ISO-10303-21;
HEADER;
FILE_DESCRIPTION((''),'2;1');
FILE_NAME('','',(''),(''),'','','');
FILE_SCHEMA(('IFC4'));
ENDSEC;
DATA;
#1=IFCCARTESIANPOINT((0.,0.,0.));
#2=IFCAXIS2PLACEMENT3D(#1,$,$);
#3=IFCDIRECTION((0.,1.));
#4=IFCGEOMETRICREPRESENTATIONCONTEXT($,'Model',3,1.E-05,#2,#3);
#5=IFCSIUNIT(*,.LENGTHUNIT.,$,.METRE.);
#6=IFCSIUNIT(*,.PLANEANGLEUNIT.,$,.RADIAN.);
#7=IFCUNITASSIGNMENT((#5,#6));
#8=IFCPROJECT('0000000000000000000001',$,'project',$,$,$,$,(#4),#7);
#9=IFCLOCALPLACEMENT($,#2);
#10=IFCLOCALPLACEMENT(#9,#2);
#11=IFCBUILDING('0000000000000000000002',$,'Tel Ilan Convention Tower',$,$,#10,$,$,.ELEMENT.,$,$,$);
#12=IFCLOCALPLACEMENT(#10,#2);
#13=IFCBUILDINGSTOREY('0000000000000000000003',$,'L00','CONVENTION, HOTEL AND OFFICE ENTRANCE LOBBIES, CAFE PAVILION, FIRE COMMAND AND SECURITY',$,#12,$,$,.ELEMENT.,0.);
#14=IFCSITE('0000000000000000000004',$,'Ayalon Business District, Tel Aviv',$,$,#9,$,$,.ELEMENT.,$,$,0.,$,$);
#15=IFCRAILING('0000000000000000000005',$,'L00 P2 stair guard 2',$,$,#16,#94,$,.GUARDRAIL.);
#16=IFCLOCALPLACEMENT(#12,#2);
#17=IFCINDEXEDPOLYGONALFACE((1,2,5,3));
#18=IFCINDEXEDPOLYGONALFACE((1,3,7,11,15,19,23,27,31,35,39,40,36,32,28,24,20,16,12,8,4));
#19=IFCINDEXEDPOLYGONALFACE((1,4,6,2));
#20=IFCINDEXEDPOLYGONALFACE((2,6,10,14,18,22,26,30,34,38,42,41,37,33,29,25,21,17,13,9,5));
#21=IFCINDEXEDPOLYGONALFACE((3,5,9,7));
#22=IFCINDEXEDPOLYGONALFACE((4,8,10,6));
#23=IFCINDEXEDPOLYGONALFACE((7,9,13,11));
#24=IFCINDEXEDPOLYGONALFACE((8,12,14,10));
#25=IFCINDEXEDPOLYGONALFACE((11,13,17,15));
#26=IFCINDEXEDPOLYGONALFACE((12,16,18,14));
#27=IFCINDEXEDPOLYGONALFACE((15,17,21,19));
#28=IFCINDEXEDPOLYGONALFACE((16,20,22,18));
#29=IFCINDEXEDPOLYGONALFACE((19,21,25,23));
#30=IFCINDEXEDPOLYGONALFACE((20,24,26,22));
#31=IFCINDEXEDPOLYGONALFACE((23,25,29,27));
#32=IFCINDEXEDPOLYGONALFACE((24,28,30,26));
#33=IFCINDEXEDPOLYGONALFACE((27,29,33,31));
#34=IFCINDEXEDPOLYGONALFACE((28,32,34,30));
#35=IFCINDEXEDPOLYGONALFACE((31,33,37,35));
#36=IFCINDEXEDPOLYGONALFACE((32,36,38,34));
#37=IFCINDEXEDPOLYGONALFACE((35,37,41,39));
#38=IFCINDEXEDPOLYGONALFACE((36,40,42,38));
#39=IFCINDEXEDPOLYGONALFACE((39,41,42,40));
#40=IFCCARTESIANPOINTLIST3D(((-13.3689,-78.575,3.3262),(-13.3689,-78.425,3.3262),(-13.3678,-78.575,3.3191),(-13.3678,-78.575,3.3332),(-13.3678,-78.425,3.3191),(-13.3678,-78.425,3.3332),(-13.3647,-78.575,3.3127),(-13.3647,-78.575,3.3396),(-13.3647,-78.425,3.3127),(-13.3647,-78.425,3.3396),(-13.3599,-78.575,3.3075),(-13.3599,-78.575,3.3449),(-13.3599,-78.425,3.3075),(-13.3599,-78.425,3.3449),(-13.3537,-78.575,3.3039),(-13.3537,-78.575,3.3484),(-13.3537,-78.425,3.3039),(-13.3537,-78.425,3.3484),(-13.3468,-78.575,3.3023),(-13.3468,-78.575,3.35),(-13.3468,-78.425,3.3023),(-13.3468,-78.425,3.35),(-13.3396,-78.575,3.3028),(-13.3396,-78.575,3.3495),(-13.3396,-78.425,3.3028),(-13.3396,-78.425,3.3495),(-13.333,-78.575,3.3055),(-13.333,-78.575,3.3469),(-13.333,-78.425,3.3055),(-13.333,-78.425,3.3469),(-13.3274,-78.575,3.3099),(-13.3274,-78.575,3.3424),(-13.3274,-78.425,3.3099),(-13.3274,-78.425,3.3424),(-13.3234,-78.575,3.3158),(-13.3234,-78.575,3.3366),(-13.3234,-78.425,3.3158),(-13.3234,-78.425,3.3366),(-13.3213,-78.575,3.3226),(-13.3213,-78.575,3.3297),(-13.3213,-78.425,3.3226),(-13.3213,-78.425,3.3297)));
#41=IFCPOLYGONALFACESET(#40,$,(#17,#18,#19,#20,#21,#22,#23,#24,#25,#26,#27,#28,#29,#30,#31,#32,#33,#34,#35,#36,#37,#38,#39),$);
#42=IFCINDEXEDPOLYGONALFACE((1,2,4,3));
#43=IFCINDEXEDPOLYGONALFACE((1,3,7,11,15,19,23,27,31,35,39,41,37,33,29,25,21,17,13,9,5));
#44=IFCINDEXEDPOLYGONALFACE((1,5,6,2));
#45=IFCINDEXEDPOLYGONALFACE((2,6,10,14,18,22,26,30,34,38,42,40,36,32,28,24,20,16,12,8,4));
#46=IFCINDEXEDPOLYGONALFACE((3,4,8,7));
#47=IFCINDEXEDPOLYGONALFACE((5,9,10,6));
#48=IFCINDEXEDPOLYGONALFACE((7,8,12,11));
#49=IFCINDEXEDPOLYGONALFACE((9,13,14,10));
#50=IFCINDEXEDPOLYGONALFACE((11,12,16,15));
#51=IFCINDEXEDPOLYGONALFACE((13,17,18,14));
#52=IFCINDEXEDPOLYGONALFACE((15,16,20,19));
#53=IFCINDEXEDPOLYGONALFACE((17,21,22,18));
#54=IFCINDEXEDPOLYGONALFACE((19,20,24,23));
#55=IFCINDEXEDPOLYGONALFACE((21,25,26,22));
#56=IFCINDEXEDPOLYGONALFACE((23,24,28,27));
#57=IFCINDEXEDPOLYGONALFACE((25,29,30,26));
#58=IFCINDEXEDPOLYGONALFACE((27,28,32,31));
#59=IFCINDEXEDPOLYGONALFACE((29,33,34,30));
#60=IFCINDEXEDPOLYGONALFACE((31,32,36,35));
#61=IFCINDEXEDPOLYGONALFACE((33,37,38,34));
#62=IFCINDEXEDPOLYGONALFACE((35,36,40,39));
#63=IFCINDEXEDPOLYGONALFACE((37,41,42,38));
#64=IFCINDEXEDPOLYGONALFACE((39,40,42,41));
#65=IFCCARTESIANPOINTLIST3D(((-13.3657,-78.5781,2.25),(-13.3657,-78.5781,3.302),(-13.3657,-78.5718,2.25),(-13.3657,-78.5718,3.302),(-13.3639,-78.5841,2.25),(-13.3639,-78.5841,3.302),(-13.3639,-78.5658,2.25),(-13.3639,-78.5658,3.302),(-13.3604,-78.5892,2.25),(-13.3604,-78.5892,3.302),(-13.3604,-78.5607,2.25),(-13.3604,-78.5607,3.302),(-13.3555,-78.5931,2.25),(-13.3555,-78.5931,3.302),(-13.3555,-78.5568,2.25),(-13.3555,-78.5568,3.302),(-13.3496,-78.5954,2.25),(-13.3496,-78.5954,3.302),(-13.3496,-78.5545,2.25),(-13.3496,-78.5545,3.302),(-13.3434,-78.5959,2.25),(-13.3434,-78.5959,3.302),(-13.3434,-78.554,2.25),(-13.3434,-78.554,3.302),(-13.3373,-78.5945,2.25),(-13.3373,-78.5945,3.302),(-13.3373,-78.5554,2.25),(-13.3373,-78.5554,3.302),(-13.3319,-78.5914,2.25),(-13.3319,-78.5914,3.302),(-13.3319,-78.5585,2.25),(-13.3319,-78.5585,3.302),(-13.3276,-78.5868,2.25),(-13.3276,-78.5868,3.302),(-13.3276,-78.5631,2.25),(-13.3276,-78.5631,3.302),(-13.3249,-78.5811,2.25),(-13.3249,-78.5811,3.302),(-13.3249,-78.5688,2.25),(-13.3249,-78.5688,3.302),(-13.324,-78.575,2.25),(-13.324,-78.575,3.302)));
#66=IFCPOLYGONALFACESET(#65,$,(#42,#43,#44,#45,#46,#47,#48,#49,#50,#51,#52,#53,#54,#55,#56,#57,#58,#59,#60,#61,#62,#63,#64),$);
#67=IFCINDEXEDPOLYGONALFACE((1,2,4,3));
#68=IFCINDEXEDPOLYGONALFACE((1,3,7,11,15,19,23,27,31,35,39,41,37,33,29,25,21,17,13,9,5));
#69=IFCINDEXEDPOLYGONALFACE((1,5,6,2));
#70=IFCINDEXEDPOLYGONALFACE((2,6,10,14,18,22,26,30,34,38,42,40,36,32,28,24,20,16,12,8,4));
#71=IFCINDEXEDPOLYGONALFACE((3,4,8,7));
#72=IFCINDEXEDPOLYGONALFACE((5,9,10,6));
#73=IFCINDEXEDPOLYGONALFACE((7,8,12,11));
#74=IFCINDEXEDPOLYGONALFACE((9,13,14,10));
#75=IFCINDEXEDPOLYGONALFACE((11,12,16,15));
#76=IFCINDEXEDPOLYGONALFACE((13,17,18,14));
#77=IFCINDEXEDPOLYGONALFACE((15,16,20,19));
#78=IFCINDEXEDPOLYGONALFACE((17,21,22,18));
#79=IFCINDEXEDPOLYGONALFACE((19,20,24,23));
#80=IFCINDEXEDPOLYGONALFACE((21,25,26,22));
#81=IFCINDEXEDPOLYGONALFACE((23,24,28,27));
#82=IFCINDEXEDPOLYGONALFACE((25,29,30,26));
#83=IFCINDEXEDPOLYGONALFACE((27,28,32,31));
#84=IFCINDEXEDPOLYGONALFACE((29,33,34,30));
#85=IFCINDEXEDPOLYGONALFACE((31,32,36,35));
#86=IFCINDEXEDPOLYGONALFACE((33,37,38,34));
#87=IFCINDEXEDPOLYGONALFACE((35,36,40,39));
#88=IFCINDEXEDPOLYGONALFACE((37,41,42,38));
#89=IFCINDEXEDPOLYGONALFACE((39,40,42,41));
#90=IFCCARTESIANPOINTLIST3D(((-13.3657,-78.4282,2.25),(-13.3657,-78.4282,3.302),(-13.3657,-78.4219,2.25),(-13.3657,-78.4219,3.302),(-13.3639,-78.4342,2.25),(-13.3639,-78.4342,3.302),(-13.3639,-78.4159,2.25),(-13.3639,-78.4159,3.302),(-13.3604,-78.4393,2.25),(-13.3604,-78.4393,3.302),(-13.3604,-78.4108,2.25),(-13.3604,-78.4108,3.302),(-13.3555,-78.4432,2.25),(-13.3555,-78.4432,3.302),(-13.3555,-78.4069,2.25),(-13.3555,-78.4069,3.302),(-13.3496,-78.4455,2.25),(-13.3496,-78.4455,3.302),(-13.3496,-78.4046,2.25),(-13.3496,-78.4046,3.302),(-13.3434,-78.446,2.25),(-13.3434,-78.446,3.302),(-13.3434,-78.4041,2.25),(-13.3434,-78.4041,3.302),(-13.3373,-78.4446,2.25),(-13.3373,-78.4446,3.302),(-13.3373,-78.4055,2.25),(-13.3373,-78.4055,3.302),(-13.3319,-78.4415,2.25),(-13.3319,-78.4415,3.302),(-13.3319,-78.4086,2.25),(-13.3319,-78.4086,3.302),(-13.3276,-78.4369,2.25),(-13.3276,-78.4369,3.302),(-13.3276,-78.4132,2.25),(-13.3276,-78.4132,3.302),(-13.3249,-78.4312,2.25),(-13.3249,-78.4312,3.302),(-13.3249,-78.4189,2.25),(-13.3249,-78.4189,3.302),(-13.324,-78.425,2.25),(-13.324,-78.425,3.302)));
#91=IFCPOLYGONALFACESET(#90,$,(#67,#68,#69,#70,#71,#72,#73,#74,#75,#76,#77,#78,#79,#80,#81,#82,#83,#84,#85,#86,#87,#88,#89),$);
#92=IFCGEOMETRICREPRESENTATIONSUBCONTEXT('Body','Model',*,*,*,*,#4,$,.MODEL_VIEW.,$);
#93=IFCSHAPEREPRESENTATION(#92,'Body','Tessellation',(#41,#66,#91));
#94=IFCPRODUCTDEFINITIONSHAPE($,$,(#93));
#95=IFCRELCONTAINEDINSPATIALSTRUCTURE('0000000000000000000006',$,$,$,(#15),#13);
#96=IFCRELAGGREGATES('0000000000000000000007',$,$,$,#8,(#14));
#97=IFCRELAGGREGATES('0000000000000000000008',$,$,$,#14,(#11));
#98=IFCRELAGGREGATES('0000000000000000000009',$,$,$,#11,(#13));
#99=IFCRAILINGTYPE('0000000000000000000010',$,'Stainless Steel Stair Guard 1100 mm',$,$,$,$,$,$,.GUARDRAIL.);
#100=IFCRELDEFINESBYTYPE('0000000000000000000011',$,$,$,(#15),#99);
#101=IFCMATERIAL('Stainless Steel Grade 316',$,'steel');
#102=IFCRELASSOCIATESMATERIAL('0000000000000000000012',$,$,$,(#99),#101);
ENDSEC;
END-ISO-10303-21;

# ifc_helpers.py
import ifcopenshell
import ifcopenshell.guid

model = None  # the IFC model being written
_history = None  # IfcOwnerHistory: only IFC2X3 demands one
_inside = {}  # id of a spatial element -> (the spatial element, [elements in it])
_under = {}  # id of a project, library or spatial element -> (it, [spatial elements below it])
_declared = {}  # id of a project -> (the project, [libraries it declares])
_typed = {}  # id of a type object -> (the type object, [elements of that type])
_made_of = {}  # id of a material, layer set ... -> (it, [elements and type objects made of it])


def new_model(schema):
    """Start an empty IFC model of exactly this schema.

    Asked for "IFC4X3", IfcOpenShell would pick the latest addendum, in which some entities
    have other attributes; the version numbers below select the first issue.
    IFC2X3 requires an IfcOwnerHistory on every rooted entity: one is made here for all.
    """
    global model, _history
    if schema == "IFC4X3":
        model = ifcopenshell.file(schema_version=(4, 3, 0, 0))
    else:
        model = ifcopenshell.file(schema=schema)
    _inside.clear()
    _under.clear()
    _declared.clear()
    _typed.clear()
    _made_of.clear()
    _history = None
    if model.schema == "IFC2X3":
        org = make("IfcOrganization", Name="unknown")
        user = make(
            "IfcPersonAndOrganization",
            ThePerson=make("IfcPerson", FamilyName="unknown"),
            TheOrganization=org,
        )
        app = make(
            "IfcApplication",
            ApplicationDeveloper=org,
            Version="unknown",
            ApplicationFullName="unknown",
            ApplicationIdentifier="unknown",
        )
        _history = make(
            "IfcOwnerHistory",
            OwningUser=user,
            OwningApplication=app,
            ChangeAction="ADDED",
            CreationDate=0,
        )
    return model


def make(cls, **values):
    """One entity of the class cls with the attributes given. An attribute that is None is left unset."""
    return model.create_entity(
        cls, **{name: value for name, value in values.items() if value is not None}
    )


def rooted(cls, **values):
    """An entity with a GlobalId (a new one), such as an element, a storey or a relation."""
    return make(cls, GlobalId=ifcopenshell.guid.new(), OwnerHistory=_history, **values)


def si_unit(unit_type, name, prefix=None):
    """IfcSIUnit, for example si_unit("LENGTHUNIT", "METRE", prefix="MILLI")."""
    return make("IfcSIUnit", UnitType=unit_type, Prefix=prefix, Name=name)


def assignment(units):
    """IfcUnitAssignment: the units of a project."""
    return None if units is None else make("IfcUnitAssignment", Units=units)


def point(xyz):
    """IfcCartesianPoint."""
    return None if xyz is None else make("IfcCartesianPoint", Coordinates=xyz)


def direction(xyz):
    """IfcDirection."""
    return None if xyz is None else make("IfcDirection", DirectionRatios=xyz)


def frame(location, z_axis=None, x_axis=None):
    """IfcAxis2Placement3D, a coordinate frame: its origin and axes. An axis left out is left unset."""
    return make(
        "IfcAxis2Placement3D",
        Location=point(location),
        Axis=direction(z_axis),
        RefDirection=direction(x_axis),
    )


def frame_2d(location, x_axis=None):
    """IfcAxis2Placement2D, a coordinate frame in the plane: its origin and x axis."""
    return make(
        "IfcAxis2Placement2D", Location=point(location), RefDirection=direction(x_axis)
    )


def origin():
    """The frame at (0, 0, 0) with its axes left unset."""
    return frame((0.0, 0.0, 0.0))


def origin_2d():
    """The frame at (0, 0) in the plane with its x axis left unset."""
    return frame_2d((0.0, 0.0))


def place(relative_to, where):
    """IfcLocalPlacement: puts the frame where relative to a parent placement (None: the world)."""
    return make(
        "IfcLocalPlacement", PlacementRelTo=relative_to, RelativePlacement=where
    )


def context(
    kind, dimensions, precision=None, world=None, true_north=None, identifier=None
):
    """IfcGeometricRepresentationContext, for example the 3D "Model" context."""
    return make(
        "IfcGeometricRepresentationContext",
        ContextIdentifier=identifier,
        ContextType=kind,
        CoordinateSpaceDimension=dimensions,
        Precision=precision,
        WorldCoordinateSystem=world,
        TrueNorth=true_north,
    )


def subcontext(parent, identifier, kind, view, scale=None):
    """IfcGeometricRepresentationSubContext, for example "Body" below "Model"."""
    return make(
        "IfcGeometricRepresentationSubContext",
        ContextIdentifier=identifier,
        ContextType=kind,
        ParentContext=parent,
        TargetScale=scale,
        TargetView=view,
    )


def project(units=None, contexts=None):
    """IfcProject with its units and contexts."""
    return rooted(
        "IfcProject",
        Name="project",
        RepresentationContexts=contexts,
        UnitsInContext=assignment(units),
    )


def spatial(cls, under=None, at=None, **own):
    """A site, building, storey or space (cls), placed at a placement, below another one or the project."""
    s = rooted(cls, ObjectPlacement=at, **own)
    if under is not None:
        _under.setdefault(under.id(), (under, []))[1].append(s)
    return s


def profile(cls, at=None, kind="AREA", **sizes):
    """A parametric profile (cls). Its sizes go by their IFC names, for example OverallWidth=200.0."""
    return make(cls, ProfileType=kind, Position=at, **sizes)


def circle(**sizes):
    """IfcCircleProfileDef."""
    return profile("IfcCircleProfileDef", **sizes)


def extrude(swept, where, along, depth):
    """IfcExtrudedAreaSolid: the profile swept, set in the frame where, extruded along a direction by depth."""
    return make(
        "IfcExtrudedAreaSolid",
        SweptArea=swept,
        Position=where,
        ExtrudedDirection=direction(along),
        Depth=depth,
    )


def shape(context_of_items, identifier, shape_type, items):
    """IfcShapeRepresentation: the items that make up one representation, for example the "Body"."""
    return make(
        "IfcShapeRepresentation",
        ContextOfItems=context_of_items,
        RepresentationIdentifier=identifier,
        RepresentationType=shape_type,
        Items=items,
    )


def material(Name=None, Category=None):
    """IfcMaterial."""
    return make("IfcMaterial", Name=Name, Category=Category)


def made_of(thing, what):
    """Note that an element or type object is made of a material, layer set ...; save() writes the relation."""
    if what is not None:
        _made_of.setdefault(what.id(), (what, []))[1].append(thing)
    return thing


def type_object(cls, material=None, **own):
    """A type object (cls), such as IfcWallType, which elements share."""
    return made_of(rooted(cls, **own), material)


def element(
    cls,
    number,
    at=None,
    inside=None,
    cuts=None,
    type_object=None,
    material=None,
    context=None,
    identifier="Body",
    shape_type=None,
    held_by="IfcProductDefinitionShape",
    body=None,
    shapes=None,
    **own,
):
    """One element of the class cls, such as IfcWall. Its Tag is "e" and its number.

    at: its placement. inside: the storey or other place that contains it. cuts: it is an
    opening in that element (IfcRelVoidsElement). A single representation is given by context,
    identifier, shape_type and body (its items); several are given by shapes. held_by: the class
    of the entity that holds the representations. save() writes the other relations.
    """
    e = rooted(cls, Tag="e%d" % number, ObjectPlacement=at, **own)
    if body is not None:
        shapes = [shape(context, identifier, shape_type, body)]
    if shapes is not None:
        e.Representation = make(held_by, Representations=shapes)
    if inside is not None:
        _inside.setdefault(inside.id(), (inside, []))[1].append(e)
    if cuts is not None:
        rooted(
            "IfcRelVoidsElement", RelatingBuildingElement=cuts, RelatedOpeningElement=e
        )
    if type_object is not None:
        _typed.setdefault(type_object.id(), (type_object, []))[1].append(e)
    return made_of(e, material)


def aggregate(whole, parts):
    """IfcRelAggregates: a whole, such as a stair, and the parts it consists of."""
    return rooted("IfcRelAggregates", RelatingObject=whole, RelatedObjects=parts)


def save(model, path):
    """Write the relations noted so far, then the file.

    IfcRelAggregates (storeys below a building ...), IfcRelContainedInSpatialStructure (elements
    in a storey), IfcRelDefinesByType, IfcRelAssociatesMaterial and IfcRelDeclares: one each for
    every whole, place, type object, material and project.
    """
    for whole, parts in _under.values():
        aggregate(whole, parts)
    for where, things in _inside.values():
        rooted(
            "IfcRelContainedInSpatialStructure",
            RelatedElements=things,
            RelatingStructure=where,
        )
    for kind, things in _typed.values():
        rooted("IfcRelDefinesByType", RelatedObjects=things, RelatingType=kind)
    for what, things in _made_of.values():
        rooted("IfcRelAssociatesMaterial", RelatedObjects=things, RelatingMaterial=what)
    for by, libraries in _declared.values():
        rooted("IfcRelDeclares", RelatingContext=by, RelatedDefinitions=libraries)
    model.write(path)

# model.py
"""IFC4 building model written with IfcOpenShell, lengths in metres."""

from ifc_helpers import new_model, si_unit, direction, frame, origin, origin_2d, place, context, subcontext, project, spatial, circle, extrude, material, type_object, element, save


model = new_model("IFC4")

# Units and contexts
model_context = context("Model", 3, precision=1e-05, world=origin(), true_north=direction((0.0, 1.0)))
body_context = subcontext(model_context, "Body", "Model", "MODEL_VIEW")
ifc_project = project(units=[si_unit("LENGTHUNIT", "METRE"), si_unit("PLANEANGLEUNIT", "RADIAN")], contexts=[model_context])

# Site, building, storey
site_placement = place(None, origin())
site = spatial("IfcSite", under=ifc_project, at=site_placement, Name="Ayalon Business District, Tel Aviv", CompositionType="ELEMENT", RefElevation=0.0)
building_placement = place(site_placement, origin())
building = spatial("IfcBuilding", under=site, at=building_placement, Name="Tel Ilan Convention Tower", CompositionType="ELEMENT")
storey_placement = place(building_placement, origin())
storey = spatial("IfcBuildingStorey", under=building, at=storey_placement, Name="L00", Description="CONVENTION, HOTEL AND OFFICE ENTRANCE LOBBIES, CAFE PAVILION, FIRE COMMAND AND SECURITY", CompositionType="ELEMENT", Elevation=0.0)

# Railing
ifc_material_1 = material(Name="Stainless Steel Grade 316", Category="steel")
railing_type_1 = type_object("IfcRailingType", Name="Stainless Steel Stair Guard 1100 mm", PredefinedType="GUARDRAIL", material=ifc_material_1)
railing_1_placement = place(storey_placement, frame((-13.345, -78.575, 2.25)))
element("IfcRailing", 1, at=railing_1_placement, inside=storey, type_object=railing_type_1, Name="L00 P2 stair guard 2", PredefinedType="GUARDRAIL", context=body_context, shape_type="SweptSolid", body=[
    extrude(circle(Radius=0.0239, at=origin_2d()), frame((0.0, 0.0, 1.0762), z_axis=(0.0, 1.0, 0.0), x_axis=(-1.0, 0.0, 0.0)), (0.0, 0.0, 1.0), 0.1499),
    extrude(circle(Radius=0.021, at=origin_2d()), origin(), (0.0, 0.0, 1.0), 1.052),
    extrude(circle(Radius=0.021, at=origin_2d()), frame((0.0, 0.1499, 0.0)), (0.0, 0.0, 1.0), 1.052),
])

save(model, "model.ifc")
